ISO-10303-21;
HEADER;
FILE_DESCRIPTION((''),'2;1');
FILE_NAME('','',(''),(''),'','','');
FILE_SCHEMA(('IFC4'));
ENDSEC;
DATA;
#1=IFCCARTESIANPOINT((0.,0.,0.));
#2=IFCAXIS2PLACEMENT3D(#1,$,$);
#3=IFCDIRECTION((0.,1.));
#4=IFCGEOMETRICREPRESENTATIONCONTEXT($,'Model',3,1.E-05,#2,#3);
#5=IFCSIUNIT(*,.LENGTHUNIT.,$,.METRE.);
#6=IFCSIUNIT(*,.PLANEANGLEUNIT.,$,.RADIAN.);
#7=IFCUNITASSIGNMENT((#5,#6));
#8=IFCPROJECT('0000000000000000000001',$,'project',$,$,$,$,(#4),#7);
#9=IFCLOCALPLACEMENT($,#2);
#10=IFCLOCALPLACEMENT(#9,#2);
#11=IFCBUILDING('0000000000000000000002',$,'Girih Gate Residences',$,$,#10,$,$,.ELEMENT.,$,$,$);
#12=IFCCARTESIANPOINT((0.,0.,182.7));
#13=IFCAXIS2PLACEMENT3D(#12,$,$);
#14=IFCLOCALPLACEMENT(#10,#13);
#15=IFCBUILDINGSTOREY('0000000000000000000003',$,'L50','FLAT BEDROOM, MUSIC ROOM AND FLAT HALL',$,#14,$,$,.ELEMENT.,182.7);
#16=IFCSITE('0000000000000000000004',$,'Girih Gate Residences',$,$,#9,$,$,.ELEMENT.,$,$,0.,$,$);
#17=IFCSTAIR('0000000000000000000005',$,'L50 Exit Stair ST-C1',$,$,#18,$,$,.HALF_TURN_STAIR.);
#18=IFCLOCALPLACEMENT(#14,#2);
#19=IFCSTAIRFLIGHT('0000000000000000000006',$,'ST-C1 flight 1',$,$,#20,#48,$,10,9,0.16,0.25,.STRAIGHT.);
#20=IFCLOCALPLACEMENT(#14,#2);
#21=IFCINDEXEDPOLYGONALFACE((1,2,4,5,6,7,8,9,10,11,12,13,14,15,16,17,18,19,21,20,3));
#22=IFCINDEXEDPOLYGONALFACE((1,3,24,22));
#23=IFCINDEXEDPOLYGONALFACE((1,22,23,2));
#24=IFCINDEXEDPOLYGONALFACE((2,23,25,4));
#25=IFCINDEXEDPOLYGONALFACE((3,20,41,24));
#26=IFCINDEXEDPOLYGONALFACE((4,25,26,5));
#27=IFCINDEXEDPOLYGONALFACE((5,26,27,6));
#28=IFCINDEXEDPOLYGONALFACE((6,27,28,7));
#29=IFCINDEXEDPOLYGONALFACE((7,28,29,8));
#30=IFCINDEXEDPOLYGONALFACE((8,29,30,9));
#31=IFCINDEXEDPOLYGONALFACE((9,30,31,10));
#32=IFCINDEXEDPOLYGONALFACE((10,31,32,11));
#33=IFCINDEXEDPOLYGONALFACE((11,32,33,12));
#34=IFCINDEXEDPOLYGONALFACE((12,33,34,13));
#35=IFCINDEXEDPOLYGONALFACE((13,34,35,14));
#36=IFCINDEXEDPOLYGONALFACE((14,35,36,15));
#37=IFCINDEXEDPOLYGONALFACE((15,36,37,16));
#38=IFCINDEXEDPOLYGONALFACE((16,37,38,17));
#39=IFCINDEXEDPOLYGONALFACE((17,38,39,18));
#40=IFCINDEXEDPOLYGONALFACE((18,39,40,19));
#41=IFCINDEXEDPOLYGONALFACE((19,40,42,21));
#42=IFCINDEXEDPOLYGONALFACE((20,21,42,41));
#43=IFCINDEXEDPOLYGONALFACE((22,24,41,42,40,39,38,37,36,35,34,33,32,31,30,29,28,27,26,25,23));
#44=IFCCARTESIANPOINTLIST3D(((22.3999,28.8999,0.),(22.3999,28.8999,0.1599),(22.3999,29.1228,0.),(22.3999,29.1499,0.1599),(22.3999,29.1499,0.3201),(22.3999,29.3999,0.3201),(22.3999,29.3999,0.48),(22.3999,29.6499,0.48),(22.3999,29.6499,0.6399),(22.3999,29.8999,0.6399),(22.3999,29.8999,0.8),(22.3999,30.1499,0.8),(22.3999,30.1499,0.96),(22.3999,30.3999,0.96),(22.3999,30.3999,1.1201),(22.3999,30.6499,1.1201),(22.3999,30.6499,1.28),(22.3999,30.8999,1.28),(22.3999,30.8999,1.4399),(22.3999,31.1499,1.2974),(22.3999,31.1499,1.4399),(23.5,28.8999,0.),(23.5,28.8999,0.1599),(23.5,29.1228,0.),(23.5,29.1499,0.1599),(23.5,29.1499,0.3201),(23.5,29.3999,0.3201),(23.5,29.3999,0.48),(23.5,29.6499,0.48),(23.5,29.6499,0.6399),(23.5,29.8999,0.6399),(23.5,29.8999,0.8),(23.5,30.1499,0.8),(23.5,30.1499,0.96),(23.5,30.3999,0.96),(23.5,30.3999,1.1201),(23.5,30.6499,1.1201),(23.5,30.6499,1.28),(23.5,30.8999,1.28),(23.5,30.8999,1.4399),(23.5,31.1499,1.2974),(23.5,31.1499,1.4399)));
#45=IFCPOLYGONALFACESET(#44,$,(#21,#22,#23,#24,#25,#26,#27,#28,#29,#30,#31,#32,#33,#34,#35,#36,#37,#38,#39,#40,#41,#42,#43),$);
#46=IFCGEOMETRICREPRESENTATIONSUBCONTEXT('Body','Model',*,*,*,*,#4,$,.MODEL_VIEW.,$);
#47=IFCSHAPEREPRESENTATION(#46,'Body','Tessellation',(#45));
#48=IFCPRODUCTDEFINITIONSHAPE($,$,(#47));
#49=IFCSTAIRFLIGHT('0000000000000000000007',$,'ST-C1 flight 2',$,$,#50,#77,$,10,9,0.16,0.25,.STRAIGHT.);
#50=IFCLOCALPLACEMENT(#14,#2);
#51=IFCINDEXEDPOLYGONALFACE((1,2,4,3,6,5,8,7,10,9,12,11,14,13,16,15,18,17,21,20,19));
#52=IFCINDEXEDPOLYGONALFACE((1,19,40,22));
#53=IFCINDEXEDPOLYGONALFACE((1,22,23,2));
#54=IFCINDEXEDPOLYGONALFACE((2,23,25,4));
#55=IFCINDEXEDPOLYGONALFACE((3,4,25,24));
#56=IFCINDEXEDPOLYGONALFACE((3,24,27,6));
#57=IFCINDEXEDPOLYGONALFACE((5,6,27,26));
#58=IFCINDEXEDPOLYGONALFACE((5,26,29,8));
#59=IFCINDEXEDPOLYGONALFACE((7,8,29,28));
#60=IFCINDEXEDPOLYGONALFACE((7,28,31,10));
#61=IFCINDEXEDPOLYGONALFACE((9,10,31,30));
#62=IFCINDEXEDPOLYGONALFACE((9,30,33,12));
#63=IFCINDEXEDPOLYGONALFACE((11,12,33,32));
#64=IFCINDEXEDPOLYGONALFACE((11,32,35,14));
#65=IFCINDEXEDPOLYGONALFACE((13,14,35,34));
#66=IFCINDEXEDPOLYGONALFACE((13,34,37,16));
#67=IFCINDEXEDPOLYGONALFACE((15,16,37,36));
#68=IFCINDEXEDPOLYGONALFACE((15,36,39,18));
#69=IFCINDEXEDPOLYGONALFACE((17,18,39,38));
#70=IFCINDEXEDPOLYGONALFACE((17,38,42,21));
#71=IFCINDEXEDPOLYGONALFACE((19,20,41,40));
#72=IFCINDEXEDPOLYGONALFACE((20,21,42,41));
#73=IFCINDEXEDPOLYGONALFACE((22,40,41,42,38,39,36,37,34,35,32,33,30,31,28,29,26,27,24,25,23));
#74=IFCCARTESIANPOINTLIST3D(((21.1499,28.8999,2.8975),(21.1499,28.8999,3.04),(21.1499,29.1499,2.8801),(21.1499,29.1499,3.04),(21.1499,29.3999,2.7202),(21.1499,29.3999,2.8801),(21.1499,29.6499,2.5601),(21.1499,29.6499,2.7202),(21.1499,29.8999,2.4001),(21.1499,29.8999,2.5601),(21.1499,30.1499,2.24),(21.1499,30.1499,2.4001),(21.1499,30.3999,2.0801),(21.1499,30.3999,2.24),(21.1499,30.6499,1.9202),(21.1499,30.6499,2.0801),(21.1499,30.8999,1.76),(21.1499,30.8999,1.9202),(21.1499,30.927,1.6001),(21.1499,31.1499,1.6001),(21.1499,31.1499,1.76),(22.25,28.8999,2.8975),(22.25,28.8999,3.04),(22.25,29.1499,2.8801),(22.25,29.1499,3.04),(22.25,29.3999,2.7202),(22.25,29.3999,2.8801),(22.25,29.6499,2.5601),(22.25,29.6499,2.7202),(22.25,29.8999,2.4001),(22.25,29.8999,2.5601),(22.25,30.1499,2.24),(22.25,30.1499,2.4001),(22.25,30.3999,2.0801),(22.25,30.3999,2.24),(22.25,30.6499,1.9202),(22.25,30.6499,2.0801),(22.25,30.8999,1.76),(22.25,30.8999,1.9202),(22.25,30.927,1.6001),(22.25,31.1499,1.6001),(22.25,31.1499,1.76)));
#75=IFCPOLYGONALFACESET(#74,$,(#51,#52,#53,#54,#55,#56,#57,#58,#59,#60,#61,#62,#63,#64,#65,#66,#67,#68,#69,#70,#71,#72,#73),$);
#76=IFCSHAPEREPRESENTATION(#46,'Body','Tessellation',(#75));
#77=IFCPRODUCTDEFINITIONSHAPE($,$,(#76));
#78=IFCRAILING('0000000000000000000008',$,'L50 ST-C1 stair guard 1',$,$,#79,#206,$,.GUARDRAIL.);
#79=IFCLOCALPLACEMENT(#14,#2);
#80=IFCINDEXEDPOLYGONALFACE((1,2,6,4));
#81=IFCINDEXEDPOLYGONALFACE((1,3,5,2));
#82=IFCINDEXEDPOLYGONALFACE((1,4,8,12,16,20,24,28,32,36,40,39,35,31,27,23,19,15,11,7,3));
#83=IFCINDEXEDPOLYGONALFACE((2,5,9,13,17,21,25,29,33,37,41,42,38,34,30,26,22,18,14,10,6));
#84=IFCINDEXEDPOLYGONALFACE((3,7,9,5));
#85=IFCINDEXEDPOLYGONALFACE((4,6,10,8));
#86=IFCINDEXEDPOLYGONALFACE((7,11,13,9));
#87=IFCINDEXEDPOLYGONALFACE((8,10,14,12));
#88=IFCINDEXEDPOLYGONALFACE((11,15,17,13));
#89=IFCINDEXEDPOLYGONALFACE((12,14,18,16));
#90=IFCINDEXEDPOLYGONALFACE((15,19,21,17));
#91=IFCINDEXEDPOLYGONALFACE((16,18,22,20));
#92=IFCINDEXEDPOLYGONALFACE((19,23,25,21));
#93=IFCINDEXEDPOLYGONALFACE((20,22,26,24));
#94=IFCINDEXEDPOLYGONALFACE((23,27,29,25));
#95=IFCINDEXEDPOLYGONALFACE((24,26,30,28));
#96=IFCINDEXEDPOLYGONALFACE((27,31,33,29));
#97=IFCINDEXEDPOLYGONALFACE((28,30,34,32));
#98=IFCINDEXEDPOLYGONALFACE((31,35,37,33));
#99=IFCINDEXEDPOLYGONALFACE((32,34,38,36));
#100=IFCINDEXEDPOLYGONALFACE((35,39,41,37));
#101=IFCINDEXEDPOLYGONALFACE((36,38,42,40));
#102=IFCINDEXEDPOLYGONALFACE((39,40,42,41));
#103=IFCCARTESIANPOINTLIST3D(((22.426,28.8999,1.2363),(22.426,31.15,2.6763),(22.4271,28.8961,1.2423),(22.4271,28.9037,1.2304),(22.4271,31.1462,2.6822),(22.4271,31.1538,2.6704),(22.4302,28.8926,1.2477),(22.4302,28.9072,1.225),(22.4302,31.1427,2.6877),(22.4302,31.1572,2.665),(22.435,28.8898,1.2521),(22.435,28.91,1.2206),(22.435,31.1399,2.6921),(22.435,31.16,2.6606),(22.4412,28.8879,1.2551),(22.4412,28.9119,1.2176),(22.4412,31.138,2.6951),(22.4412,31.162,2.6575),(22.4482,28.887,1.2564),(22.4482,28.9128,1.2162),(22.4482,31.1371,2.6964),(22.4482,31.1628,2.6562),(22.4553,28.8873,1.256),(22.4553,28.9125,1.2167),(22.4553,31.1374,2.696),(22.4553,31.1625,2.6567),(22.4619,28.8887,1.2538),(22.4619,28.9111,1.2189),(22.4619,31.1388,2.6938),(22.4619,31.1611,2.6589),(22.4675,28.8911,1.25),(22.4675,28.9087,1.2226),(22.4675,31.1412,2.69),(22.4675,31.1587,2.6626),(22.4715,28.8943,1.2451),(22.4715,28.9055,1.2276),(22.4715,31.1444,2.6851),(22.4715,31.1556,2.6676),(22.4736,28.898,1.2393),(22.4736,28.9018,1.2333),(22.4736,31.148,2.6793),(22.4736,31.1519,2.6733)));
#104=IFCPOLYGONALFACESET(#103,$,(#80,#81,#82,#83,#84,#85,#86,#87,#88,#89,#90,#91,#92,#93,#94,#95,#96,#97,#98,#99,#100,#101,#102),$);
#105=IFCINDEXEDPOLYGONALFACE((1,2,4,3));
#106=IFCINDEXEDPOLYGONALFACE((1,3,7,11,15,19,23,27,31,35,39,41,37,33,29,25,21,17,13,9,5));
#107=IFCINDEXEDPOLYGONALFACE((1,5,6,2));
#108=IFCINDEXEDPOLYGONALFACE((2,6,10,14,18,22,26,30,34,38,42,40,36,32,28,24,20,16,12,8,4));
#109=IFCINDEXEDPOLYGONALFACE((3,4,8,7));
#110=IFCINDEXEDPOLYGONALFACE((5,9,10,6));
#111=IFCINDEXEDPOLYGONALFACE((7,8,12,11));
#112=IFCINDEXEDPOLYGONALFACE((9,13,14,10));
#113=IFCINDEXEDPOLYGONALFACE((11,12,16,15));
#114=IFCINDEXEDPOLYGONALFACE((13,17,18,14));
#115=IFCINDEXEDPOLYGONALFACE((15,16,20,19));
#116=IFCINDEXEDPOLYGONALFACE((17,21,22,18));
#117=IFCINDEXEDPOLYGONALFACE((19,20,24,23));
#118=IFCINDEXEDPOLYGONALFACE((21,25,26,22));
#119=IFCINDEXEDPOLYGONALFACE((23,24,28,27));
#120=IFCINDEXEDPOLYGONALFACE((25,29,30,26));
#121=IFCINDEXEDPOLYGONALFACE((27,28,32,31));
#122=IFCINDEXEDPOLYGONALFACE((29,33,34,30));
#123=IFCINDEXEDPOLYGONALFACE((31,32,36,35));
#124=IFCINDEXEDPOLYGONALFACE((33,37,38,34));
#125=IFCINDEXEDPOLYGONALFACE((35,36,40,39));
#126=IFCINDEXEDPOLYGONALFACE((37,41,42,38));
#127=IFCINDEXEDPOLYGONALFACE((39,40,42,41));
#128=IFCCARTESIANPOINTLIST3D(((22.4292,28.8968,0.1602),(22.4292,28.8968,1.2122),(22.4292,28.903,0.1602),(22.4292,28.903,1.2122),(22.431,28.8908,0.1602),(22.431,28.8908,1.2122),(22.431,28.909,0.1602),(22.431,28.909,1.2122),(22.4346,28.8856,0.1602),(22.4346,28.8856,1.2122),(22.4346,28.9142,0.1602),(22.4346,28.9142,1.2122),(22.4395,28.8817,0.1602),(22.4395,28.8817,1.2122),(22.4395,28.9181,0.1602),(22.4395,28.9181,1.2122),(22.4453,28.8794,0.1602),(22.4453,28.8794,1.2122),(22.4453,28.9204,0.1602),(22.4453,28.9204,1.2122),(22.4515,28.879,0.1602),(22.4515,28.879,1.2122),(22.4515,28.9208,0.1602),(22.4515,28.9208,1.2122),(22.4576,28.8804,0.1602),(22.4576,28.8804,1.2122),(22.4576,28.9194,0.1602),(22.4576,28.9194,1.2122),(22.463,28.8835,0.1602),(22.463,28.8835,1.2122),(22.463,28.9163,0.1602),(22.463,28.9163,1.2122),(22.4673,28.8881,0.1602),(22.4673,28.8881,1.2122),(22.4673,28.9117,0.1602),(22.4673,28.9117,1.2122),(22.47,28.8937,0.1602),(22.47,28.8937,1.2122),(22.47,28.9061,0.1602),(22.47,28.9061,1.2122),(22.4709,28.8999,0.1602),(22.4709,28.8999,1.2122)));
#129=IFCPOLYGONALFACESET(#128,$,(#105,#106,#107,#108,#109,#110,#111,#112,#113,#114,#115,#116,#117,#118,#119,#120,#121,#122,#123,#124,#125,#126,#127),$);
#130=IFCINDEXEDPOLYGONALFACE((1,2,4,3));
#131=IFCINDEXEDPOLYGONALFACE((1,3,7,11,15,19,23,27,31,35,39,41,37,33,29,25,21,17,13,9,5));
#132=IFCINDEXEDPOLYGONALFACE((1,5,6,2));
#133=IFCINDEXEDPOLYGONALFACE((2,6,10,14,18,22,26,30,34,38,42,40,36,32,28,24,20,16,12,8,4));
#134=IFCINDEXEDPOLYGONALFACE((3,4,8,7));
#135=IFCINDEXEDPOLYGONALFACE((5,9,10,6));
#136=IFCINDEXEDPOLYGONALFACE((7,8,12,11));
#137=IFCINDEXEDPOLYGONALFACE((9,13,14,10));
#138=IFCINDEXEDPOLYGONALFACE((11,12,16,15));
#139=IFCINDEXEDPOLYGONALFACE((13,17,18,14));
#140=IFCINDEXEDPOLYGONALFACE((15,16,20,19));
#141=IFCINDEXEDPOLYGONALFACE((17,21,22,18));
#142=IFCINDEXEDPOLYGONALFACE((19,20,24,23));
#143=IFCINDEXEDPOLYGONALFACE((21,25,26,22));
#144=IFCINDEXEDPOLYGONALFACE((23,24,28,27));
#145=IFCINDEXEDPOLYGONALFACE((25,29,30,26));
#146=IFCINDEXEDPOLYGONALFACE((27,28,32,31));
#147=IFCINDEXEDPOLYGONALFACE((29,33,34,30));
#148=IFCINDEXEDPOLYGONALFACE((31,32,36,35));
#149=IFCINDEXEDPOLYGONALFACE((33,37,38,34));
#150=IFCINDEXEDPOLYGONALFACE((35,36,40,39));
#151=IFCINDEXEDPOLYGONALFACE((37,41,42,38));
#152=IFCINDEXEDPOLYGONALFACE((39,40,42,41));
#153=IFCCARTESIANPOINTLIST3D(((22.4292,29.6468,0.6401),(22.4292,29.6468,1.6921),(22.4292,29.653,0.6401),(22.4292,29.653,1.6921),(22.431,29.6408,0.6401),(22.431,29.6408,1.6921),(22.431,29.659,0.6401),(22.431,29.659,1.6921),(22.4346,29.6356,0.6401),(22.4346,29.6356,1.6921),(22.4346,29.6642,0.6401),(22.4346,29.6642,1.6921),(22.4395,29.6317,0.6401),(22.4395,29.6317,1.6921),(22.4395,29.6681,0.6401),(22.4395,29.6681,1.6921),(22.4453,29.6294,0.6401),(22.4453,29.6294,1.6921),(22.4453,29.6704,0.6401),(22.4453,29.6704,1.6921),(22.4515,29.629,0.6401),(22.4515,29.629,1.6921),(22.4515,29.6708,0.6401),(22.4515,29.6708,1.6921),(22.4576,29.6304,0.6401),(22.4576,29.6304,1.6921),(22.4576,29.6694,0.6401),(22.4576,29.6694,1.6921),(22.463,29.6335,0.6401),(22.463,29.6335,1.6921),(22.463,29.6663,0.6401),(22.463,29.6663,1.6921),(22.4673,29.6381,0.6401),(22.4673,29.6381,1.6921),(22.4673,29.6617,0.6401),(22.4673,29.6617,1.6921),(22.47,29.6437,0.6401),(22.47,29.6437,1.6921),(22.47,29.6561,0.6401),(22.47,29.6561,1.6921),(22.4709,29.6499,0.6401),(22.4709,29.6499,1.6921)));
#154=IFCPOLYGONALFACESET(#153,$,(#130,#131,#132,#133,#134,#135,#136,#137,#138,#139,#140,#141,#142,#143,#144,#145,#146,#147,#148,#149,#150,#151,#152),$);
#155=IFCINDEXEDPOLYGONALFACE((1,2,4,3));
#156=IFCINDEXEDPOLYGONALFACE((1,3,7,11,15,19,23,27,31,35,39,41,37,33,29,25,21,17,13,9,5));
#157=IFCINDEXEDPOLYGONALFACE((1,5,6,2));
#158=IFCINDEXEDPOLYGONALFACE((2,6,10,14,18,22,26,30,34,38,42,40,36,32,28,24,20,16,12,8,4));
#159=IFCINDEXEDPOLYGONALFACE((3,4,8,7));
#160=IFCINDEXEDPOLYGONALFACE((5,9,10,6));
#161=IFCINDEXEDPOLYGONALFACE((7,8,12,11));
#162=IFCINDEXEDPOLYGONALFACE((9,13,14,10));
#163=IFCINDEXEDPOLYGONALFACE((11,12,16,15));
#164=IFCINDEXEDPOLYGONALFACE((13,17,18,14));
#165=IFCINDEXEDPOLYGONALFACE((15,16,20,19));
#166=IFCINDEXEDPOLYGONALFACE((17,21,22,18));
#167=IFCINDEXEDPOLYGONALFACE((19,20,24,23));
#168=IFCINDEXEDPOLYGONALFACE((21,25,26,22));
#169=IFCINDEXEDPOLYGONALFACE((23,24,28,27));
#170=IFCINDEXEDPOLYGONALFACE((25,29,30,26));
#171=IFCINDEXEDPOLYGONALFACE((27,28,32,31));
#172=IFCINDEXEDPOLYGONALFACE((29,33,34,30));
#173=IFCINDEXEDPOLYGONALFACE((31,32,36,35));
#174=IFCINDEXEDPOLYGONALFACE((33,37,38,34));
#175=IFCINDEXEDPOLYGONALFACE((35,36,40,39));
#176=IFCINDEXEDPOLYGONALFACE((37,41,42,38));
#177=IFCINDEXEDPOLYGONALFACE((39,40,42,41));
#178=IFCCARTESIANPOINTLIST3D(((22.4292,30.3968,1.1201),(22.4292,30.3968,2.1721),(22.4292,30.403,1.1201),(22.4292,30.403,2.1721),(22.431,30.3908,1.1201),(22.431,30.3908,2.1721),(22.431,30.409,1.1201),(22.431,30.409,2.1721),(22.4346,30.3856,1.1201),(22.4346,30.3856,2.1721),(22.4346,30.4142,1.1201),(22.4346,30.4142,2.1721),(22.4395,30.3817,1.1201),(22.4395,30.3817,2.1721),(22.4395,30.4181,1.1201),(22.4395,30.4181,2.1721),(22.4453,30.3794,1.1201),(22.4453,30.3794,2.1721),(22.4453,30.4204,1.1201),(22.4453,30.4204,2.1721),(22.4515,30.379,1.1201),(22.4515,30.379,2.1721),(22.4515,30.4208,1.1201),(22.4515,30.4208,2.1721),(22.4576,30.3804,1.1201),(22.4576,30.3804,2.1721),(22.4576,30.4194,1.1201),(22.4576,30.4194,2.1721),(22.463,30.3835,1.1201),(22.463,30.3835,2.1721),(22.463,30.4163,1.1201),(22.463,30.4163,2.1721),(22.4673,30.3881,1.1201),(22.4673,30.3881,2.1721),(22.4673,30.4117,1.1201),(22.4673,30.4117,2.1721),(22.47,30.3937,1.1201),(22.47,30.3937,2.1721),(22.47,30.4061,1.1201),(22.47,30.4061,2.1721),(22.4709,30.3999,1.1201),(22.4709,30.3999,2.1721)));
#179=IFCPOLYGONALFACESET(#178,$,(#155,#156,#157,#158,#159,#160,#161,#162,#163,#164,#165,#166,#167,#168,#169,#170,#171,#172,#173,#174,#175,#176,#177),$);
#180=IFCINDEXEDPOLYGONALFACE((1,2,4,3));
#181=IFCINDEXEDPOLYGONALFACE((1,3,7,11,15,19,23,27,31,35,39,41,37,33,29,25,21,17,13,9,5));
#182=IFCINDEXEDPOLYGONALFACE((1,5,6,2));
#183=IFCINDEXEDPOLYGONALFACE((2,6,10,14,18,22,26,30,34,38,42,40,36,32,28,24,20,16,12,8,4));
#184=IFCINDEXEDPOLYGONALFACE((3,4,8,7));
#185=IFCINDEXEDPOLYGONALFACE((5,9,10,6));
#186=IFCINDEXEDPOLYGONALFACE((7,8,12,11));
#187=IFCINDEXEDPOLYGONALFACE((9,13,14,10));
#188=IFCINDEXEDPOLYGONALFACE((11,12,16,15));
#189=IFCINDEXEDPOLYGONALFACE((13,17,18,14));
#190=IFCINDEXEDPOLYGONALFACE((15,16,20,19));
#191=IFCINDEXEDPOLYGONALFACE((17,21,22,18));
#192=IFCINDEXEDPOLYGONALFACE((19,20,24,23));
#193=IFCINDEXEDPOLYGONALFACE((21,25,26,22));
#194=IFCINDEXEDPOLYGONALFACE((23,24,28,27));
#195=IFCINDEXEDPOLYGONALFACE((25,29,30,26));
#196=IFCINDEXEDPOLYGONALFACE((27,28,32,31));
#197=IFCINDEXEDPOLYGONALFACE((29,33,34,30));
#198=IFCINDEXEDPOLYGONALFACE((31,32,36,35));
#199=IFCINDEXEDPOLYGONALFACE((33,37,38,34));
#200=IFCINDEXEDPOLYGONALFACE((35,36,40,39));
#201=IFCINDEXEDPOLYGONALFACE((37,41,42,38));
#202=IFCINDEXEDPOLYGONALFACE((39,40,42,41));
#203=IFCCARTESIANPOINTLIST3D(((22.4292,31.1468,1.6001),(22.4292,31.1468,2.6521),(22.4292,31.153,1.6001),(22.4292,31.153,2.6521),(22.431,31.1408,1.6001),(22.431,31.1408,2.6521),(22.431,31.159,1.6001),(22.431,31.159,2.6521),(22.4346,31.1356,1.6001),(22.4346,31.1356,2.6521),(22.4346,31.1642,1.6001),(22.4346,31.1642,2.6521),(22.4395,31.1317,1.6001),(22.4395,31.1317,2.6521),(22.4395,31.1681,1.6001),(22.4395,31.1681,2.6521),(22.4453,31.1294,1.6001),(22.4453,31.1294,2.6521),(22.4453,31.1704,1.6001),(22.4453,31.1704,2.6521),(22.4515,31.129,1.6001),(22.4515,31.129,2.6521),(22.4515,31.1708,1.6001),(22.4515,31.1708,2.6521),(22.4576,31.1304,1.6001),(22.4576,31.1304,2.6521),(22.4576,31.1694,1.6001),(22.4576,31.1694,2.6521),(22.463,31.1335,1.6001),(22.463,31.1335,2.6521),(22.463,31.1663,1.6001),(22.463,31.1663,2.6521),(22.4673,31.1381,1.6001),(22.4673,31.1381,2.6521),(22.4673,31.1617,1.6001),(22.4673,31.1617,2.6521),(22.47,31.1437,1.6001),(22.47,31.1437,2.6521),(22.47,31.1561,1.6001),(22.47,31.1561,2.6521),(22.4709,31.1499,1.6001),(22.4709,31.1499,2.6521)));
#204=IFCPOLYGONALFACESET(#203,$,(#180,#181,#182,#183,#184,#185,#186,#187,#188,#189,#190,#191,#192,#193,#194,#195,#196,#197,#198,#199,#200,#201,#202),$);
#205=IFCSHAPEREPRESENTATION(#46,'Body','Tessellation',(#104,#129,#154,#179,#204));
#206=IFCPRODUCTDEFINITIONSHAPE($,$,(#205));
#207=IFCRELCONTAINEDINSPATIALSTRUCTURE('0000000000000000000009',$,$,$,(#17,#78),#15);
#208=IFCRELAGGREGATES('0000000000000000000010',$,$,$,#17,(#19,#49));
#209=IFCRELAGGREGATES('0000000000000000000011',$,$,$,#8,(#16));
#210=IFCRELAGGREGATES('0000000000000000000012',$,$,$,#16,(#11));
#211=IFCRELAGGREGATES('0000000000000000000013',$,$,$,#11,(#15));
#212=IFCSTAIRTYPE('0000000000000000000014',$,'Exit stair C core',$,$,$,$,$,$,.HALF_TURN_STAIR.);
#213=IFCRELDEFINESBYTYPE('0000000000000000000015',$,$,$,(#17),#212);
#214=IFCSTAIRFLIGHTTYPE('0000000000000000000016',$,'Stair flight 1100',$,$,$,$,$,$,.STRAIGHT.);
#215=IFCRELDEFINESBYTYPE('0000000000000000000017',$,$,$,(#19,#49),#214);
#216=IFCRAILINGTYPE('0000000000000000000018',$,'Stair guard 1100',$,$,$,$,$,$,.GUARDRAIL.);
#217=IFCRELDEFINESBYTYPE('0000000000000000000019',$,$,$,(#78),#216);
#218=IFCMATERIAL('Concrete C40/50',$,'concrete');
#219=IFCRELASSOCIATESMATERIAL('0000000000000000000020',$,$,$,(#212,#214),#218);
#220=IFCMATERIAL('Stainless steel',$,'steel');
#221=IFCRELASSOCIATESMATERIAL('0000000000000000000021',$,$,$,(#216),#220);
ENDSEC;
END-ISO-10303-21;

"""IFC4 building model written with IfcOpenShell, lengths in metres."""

from ifc_helpers import new_model, si_unit, direction, frame, origin, origin_2d, place, context, subcontext, project, spatial, polyline, circle, outline, extrude, material, type_object, element, aggregate, save


model = new_model("IFC4")

# Units and contexts
model_context = context("Model", 3, precision=1e-05, world=origin(), true_north=direction((0.0, 1.0)))
body_context = subcontext(model_context, "Body", "Model", "MODEL_VIEW")
ifc_project = project(units=[si_unit("LENGTHUNIT", "METRE"), si_unit("PLANEANGLEUNIT", "RADIAN")], contexts=[model_context])

# Site, building, storey
site_placement = place(None, origin())
site = spatial("IfcSite", under=ifc_project, at=site_placement, Name="Girih Gate Residences", CompositionType="ELEMENT", RefElevation=0.0)
building_placement = place(site_placement, origin())
building = spatial("IfcBuilding", under=site, at=building_placement, Name="Girih Gate Residences", CompositionType="ELEMENT")
storey_placement = place(building_placement, frame((0.0, 0.0, 182.7)))
storey = spatial("IfcBuildingStorey", under=building, at=storey_placement, Name="L50", Description="FLAT BEDROOM, MUSIC ROOM AND FLAT HALL", CompositionType="ELEMENT", Elevation=182.7)

# Shared definitions
ifc_material_1 = material(Name="Concrete C40/50", Category="concrete")

# Stair, stair flights
stair_type = type_object("IfcStairType", Name="Exit stair C core", PredefinedType="HALF_TURN_STAIR", material=ifc_material_1)
stair_placement = place(storey_placement, origin())
stair = element("IfcStair", 1, at=stair_placement, inside=storey, type_object=stair_type, Name="L50 Exit Stair ST-C1", PredefinedType="HALF_TURN_STAIR")
stair_flight_type = type_object("IfcStairFlightType", Name="Stair flight 1100", PredefinedType="STRAIGHT", material=ifc_material_1)
stair_flight_1_placement = place(storey_placement, frame((22.95, 28.8999, 0.0), z_axis=(0.0, 0.0, 1.0), x_axis=(0.0, 1.0, 0.0)))
stair_flight_1 = element("IfcStairFlight", 2, at=stair_flight_1_placement, type_object=stair_flight_type, Name="ST-C1 flight 1", NumberOfRisers=10, NumberOfTreads=9, PredefinedType="STRAIGHT", RiserHeight=0.16, TreadLength=0.25, context=body_context, shape_type="SweptSolid", body=[
    extrude(outline(polyline([(0.0, 0.0), (0.0, 0.1599), (0.25, 0.1599), (0.25, 0.3201), (0.5, 0.3201), (0.5, 0.48), (0.75, 0.48), (0.75, 0.6399), (1.0, 0.6399), (1.0, 0.8), (1.25, 0.8), (1.25, 0.96), (1.5, 0.96), (1.5, 1.1201), (1.75, 1.1201), (1.75, 1.28), (2.0, 1.28), (2.0, 1.4399), (2.25, 1.4399), (2.25, 1.6001), (2.25, 1.2974), (0.2229, 0.0), (0.0, 0.0)])), frame((0.0, 0.55, 0.0), z_axis=(0.0, -1.0, 0.0), x_axis=(1.0, 0.0, 0.0)), (0.0, 0.0, 1.0), 1.1001),
])
stair_flight_2_placement = place(storey_placement, frame((21.7, 31.1499, 1.6001), z_axis=(0.0, 0.0, 1.0), x_axis=(0.0, -1.0, 0.0)))
stair_flight_2 = element("IfcStairFlight", 3, at=stair_flight_2_placement, type_object=stair_flight_type, Name="ST-C1 flight 2", NumberOfRisers=10, NumberOfTreads=9, PredefinedType="STRAIGHT", RiserHeight=0.16, TreadLength=0.25, context=body_context, shape_type="SweptSolid", body=[
    extrude(outline(polyline([(0.0, 0.0), (0.0, 0.1599), (0.25, 0.1599), (0.25, 0.3201), (0.5, 0.3201), (0.5, 0.48), (0.75, 0.48), (0.75, 0.6399), (1.0, 0.6399), (1.0, 0.8), (1.25, 0.8), (1.25, 0.96), (1.5, 0.96), (1.5, 1.1201), (1.75, 1.1201), (1.75, 1.28), (2.0, 1.28), (2.0, 1.4399), (2.25, 1.4399), (2.25, 1.6001), (2.25, 1.2974), (0.2229, 0.0), (0.0, 0.0)])), frame((0.0, 0.55, 0.0), z_axis=(0.0, -1.0, 0.0), x_axis=(1.0, 0.0, 0.0)), (0.0, 0.0, 1.0), 1.1001),
])
aggregate(stair, [stair_flight_1, stair_flight_2])

# Railing
ifc_material_2 = material(Name="Stainless steel", Category="steel")
railing_type_1 = type_object("IfcRailingType", Name="Stair guard 1100", PredefinedType="GUARDRAIL", material=ifc_material_2)
railing_1_placement = place(storey_placement, frame((22.45, 28.8999, 0.1602)))
element("IfcRailing", 4, at=railing_1_placement, inside=storey, type_object=railing_type_1, Name="L50 ST-C1 stair guard 1", PredefinedType="GUARDRAIL", context=body_context, shape_type="SweptSolid", body=[
    extrude(circle(Radius=0.0239, at=origin_2d()), frame((0.0, 0.0, 1.0762), z_axis=(0.0, 0.842281, 0.539038), x_axis=(-1.0, 0.0, 0.0)), (0.0, 0.0, 1.0), 2.6714),
    extrude(circle(Radius=0.021, at=origin_2d()), origin(), (0.0, 0.0, 1.0), 1.052),
    extrude(circle(Radius=0.021, at=origin_2d()), frame((0.0, 0.75, 0.48)), (0.0, 0.0, 1.0), 1.052),
    extrude(circle(Radius=0.021, at=origin_2d()), frame((0.0, 1.5, 0.96)), (0.0, 0.0, 1.0), 1.052),
    extrude(circle(Radius=0.021, at=origin_2d()), frame((0.0, 2.25, 1.4399)), (0.0, 0.0, 1.0), 1.052),
])

save(model, "model.ifc")
